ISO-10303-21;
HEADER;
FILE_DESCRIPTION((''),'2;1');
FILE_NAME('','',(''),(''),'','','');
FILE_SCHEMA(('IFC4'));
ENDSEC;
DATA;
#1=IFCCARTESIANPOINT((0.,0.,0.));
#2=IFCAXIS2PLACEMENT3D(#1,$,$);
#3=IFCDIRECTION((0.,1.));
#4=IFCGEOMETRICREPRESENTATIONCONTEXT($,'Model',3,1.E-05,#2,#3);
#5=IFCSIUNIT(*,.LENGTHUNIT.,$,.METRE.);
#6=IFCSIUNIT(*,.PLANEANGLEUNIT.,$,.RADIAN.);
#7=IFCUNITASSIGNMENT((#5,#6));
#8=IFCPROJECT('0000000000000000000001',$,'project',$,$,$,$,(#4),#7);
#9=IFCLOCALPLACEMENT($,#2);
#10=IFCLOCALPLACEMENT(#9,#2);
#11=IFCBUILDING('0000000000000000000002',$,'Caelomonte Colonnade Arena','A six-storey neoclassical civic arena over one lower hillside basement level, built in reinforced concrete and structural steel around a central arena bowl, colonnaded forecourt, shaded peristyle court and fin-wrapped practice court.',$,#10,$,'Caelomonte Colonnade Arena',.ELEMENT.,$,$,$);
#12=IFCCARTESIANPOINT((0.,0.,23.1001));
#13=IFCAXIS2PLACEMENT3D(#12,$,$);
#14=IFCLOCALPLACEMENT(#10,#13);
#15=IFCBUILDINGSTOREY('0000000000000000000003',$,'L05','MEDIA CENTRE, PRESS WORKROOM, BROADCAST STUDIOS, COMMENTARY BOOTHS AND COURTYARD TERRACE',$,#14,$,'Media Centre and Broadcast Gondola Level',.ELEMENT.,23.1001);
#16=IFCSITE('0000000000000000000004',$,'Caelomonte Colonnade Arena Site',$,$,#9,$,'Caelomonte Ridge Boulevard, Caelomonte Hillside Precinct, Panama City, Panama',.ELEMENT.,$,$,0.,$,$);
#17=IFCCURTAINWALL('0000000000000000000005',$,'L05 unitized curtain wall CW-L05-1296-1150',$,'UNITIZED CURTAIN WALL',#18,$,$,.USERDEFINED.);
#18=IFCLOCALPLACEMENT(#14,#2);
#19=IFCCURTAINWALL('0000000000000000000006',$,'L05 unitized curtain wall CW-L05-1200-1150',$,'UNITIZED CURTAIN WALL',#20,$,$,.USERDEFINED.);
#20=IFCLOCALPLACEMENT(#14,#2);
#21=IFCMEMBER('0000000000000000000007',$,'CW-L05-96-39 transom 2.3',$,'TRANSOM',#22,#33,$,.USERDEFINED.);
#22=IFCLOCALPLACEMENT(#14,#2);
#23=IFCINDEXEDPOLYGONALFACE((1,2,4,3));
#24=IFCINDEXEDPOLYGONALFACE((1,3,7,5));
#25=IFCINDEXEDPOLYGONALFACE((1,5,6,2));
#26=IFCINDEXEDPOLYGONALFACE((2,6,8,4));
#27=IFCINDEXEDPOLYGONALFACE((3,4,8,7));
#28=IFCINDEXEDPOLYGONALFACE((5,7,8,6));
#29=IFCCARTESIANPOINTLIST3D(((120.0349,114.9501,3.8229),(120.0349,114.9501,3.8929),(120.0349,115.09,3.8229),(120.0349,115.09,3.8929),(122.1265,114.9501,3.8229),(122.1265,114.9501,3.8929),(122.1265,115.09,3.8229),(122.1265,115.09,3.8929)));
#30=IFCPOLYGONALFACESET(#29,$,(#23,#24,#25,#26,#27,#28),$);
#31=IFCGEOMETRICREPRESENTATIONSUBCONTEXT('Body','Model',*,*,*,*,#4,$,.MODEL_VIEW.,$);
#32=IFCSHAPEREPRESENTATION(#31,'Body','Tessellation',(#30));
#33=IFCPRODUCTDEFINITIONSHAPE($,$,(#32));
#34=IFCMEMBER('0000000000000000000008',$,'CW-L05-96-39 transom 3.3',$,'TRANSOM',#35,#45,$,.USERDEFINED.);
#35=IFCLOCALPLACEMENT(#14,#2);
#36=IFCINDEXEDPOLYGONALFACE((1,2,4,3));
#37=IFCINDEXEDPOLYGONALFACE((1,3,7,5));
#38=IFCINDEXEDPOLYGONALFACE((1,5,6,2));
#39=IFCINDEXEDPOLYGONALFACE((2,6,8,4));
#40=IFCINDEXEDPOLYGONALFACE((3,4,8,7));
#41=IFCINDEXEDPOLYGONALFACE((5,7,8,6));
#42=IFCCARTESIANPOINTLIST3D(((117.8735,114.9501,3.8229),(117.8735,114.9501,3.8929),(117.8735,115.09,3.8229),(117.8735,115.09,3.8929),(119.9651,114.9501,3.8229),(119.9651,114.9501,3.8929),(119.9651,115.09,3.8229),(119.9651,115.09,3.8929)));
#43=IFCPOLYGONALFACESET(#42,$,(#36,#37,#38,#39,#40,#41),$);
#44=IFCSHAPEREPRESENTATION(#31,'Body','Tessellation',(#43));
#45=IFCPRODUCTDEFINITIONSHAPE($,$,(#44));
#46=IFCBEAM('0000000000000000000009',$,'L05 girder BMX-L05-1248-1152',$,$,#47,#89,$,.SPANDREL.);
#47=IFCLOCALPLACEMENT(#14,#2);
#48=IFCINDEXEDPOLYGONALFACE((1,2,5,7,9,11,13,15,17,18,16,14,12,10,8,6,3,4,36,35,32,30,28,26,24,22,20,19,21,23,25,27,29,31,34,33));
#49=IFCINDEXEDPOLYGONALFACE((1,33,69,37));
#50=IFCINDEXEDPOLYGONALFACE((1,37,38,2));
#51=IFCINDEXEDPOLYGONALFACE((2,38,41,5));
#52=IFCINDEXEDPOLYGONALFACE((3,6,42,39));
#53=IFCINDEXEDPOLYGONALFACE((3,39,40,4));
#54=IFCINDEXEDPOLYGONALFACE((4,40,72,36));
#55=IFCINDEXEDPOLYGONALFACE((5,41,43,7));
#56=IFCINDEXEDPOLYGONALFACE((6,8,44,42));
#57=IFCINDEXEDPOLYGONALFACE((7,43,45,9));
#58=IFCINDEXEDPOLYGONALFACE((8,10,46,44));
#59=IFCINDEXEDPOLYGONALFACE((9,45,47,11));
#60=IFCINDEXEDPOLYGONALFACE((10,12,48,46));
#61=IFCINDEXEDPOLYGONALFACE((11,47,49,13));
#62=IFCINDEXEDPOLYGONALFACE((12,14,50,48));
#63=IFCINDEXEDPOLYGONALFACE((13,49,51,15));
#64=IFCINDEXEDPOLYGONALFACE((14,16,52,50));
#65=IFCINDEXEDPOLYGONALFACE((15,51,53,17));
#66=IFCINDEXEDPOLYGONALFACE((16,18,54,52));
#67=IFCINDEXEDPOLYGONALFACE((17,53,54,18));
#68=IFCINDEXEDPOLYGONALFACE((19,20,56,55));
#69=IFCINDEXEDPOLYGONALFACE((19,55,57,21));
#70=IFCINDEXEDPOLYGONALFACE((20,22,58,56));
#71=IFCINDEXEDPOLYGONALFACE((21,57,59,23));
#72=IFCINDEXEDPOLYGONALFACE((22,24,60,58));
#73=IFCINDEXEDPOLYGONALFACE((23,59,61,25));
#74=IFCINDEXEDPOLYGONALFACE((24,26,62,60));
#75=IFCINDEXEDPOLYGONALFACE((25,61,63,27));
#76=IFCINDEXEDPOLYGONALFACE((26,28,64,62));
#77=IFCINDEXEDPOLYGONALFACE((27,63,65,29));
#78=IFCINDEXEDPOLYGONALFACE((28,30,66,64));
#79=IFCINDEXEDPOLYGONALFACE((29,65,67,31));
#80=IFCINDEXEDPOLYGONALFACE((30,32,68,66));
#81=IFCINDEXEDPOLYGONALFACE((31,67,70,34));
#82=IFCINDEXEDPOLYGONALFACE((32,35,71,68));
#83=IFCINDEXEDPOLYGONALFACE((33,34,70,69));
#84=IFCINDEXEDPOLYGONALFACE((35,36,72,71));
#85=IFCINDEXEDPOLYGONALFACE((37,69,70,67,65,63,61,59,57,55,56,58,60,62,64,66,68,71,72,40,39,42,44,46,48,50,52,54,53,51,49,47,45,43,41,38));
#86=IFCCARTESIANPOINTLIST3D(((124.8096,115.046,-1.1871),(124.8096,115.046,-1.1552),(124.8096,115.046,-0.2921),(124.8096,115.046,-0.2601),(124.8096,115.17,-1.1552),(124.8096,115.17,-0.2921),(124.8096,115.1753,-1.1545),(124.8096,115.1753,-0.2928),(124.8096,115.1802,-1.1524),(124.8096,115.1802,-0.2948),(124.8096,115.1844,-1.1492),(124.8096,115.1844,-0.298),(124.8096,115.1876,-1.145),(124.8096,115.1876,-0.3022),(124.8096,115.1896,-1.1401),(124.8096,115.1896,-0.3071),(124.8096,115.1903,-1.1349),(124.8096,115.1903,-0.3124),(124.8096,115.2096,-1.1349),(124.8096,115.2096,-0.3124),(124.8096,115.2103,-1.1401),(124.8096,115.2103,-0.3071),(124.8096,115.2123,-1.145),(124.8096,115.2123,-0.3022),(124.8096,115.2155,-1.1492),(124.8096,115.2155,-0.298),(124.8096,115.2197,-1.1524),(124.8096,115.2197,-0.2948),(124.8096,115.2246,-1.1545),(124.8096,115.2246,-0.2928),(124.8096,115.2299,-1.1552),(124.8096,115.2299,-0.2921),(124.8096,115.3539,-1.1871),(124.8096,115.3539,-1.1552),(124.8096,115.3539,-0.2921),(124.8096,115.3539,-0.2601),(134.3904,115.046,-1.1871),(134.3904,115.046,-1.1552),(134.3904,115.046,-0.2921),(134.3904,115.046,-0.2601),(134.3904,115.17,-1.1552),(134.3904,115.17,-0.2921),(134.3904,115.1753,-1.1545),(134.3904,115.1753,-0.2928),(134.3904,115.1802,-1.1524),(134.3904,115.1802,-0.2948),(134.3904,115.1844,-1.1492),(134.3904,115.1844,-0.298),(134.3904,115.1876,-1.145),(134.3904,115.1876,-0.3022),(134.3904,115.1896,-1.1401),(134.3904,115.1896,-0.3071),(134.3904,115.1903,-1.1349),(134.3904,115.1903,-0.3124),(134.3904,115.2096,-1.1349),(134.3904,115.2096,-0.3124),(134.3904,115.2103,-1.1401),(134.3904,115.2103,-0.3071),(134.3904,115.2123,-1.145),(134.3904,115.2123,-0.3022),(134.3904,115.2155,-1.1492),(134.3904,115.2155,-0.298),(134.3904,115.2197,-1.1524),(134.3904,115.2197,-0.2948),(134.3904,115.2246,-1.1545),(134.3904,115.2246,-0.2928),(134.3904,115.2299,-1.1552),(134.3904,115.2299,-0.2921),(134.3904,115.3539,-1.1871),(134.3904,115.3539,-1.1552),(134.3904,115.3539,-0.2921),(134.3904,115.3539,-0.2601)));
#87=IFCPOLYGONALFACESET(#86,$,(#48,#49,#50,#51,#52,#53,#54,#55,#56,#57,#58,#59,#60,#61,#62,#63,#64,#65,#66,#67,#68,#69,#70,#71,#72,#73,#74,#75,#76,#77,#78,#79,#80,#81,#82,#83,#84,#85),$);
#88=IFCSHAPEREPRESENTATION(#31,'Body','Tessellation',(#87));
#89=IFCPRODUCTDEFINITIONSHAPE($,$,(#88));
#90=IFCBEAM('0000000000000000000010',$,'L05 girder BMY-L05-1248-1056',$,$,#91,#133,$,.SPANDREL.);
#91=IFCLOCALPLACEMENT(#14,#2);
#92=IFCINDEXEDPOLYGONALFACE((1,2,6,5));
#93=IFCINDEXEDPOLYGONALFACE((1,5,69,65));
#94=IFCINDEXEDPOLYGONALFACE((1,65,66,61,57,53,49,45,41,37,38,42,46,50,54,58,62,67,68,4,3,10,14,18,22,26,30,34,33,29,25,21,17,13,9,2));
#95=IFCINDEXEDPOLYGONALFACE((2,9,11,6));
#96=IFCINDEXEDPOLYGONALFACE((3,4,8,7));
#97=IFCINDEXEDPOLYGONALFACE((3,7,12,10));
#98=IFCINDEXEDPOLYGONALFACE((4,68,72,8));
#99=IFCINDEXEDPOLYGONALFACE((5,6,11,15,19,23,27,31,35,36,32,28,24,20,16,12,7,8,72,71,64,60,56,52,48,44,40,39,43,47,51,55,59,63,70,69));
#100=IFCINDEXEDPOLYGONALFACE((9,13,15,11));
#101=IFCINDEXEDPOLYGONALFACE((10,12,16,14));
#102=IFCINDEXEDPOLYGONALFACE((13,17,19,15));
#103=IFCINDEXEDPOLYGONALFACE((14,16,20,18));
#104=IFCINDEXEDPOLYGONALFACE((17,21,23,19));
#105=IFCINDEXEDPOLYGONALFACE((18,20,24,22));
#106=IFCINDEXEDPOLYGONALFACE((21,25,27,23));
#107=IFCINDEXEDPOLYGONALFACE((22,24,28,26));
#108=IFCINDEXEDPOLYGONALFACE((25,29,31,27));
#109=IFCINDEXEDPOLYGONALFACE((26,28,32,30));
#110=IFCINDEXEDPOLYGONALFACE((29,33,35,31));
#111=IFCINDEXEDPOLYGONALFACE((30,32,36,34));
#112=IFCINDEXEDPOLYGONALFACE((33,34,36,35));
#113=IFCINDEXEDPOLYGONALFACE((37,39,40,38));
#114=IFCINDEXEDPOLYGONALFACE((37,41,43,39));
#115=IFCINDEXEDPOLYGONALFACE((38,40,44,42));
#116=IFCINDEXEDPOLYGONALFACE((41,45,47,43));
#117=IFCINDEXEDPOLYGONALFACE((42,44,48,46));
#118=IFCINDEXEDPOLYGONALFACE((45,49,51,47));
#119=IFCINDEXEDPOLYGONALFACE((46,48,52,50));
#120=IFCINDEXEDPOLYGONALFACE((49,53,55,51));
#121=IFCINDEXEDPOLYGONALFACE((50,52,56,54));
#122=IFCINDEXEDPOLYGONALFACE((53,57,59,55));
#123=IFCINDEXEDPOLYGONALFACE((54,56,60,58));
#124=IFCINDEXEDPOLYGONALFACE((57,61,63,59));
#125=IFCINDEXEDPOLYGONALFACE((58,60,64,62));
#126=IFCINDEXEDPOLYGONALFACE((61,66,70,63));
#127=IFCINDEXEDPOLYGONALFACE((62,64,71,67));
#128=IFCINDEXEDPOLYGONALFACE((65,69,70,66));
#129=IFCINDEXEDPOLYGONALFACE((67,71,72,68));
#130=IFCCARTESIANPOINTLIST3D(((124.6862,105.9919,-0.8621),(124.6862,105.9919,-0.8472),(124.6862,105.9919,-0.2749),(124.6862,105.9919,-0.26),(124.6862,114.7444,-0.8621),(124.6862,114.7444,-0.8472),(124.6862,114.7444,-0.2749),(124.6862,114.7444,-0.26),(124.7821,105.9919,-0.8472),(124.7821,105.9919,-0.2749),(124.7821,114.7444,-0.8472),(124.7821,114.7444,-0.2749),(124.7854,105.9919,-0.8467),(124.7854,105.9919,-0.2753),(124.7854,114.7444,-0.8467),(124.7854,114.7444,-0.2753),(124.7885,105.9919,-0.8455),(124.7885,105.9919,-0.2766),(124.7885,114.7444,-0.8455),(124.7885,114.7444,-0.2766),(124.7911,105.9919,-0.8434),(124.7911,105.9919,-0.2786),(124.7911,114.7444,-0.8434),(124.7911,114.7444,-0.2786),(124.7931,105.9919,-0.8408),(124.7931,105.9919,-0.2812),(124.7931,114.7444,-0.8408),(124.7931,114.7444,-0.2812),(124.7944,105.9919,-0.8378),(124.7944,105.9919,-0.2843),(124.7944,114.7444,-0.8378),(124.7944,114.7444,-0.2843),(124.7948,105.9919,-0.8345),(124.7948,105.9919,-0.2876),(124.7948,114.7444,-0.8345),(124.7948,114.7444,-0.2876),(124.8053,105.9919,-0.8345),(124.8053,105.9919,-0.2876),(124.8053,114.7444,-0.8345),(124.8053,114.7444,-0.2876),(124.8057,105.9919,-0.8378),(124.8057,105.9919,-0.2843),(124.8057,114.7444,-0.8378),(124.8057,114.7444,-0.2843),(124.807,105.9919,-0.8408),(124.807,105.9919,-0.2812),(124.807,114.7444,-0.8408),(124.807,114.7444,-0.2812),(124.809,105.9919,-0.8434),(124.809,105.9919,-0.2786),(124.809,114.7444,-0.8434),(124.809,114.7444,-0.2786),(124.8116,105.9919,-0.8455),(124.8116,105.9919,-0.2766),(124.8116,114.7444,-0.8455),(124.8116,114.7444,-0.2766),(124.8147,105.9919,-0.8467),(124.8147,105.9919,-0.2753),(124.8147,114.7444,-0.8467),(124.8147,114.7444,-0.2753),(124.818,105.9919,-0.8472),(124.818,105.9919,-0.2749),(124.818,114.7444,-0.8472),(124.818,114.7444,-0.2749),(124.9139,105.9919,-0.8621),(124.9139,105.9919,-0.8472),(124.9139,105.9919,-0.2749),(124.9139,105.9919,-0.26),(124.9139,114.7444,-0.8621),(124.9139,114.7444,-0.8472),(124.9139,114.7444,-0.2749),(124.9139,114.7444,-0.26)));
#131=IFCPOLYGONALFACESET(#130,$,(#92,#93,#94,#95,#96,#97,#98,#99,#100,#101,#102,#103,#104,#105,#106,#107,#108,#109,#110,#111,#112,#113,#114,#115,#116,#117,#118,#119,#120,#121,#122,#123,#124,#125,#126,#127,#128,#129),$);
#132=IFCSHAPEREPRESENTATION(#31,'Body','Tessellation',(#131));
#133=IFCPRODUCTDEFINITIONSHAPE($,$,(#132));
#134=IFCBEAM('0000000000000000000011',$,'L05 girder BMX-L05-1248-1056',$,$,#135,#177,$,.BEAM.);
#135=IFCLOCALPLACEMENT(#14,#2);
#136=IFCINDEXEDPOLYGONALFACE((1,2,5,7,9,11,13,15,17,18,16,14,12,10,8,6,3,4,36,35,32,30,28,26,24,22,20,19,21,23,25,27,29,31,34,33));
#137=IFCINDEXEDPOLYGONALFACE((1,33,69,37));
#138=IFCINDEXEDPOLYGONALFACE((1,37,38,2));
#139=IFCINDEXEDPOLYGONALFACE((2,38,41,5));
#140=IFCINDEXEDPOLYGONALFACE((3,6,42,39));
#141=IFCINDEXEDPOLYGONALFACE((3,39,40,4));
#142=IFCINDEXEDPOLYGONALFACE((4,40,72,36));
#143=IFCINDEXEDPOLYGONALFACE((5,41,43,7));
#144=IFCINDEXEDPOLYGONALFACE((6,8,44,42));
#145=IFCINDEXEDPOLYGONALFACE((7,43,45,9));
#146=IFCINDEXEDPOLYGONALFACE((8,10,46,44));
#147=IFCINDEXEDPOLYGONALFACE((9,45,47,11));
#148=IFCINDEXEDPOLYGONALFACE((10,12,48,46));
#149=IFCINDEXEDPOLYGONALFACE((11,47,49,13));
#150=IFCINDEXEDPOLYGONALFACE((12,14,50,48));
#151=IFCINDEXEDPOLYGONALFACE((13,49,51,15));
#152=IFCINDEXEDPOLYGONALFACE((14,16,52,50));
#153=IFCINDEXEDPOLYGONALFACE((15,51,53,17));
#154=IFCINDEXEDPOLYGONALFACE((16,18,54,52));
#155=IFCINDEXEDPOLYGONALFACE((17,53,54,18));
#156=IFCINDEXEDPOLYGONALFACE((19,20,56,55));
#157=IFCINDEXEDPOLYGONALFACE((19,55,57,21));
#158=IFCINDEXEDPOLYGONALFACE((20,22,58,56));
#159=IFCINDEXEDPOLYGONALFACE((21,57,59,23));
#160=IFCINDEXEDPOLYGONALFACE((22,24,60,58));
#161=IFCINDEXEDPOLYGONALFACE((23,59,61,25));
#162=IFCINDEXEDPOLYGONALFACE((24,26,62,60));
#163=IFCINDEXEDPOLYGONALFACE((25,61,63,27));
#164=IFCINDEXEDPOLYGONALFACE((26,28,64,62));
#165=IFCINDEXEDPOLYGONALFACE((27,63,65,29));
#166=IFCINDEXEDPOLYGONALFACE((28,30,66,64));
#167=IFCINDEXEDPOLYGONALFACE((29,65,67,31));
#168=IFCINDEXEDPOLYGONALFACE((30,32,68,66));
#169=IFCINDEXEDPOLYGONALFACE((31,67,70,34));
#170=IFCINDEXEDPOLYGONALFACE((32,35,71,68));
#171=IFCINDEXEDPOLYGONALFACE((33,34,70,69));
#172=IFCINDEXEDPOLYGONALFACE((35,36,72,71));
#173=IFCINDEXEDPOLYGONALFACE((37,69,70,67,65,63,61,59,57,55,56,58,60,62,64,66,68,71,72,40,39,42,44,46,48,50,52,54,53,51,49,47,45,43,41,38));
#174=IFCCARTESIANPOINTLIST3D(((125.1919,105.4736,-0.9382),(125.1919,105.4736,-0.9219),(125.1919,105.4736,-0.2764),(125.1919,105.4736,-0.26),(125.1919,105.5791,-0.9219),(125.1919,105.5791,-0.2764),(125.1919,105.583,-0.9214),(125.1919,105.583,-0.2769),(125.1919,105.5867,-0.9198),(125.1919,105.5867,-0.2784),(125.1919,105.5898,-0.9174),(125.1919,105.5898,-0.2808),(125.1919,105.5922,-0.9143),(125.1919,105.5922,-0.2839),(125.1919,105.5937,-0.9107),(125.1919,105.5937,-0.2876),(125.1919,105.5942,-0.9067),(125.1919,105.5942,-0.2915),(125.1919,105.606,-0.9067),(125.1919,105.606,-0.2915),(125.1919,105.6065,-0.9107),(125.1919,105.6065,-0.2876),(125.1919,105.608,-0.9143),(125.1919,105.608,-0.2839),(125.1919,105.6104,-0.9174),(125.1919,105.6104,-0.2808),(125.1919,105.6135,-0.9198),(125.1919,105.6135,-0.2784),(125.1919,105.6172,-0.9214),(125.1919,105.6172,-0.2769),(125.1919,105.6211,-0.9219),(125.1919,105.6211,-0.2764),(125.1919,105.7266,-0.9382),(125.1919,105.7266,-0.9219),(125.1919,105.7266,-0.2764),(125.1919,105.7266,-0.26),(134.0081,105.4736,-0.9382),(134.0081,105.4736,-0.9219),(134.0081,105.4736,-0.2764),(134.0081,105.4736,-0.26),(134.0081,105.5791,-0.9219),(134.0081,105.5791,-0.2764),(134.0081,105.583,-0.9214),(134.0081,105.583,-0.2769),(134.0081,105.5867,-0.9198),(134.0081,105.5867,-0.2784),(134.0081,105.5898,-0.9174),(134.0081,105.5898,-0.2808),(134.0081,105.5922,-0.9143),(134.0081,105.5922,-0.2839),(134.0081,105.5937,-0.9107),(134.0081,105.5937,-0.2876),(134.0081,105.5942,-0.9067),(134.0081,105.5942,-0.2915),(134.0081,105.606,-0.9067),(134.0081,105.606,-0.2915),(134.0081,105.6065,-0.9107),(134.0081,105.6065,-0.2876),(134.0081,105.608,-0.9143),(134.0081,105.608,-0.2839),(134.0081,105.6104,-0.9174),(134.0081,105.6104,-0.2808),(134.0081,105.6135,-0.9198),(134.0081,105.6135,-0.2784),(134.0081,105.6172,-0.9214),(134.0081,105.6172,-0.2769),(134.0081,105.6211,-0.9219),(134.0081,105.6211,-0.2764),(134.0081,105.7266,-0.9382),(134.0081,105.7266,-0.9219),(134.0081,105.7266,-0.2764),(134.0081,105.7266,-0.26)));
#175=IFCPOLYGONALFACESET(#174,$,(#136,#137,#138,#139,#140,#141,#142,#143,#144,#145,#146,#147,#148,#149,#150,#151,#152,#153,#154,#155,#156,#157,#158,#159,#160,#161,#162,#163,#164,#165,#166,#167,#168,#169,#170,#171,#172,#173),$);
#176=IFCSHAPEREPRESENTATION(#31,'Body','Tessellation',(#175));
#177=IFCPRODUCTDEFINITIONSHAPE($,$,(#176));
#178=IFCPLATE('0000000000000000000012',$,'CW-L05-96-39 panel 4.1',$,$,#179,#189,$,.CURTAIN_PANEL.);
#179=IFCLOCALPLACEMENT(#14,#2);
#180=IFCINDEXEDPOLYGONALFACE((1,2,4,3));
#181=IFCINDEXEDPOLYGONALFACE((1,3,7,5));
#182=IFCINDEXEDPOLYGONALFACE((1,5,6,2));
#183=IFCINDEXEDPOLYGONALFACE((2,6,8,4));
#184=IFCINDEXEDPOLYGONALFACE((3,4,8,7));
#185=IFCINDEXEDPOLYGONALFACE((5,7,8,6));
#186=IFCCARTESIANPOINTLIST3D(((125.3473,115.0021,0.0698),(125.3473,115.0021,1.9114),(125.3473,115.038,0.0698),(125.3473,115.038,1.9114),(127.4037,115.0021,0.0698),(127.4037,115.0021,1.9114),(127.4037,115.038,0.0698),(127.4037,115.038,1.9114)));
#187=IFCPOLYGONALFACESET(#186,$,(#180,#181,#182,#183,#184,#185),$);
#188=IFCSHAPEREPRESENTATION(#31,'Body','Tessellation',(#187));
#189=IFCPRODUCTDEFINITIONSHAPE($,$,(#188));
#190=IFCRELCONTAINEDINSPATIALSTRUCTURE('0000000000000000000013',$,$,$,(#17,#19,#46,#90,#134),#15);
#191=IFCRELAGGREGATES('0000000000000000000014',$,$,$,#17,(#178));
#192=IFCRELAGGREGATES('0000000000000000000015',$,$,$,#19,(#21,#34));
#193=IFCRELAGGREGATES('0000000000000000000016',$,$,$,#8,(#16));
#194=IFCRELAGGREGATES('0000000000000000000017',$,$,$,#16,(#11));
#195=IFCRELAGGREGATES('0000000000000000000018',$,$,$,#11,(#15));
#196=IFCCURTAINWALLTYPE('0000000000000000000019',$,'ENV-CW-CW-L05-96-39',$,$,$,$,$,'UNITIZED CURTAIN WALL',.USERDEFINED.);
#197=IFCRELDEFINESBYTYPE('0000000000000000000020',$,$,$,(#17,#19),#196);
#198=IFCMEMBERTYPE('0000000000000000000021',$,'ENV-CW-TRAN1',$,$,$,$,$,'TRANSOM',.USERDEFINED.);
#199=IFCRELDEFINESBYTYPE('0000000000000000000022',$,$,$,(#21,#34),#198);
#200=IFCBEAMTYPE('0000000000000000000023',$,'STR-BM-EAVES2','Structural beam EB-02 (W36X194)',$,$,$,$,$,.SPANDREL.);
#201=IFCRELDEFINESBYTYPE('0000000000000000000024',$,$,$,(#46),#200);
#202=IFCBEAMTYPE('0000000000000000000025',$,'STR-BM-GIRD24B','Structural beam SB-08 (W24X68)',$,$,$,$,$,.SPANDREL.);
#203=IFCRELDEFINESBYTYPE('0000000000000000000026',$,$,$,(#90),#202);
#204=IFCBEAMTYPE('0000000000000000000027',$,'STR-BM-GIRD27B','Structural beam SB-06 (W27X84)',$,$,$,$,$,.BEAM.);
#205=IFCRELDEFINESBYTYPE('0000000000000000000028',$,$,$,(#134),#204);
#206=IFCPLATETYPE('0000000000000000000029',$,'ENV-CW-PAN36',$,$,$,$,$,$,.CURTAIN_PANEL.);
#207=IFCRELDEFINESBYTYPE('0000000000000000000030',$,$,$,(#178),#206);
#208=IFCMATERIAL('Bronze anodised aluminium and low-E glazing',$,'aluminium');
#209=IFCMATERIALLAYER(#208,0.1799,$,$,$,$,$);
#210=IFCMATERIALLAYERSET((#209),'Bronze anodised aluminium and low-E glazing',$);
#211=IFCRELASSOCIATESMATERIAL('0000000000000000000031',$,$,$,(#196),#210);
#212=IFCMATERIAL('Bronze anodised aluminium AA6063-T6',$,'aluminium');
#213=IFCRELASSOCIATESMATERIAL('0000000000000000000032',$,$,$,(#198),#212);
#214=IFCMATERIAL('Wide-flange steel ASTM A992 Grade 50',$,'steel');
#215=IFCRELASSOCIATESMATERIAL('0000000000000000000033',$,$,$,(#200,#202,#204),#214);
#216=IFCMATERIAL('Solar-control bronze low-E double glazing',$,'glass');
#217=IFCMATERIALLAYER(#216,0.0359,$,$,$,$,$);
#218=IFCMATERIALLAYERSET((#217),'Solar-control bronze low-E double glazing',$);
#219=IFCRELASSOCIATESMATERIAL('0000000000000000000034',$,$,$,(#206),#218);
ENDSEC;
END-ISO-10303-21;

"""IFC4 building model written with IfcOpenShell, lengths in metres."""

from ifc_helpers import new_model, si_unit, direction, frame, origin, origin_2d, place, context, subcontext, project, spatial, rectangle, i_section, extrude, material, layer, layer_set, material_profile, profile_set, type_object, element, aggregate, save


model = new_model("IFC4")

# Units and contexts
model_context = context("Model", 3, precision=1e-05, world=origin(), true_north=direction((0.0, 1.0)))
body_context = subcontext(model_context, "Body", "Model", "MODEL_VIEW")
ifc_project = project(units=[si_unit("LENGTHUNIT", "METRE"), si_unit("PLANEANGLEUNIT", "RADIAN")], contexts=[model_context])

# Site, building, storey
site_placement = place(None, origin())
site = spatial("IfcSite", under=ifc_project, at=site_placement, Name="Caelomonte Colonnade Arena Site", LongName="Caelomonte Ridge Boulevard, Caelomonte Hillside Precinct, Panama City, Panama", CompositionType="ELEMENT", RefElevation=0.0)
building_placement = place(site_placement, origin())
building = spatial("IfcBuilding", under=site, at=building_placement, Name="Caelomonte Colonnade Arena", Description="A six-storey neoclassical civic arena over one lower hillside basement level, built in reinforced concrete and structural steel around a central arena bowl, colonnaded forecourt, shaded peristyle court and fin-wrapped practice court.", LongName="Caelomonte Colonnade Arena", CompositionType="ELEMENT")
storey_placement = place(building_placement, frame((0.0, 0.0, 23.1001)))
storey = spatial("IfcBuildingStorey", under=building, at=storey_placement, Name="L05", Description="MEDIA CENTRE, PRESS WORKROOM, BROADCAST STUDIOS, COMMENTARY BOOTHS AND COURTYARD TERRACE", LongName="Media Centre and Broadcast Gondola Level", CompositionType="ELEMENT", Elevation=23.1001)

# Shared definitions
ifc_material_1 = material(Name="Wide-flange steel ASTM A992 Grade 50", Category="steel")

# Curtain wall
ifc_material_2 = material(Name="Bronze anodised aluminium and low-E glazing", Category="aluminium")
ifc_layer_1 = layer(ifc_material_2, 0.1799)
ifc_layer_set_1 = layer_set([ifc_layer_1], Name="Bronze anodised aluminium and low-E glazing")
curtain_wall_type = type_object("IfcCurtainWallType", Name="ENV-CW-CW-L05-96-39", ElementType="UNITIZED CURTAIN WALL", PredefinedType="USERDEFINED", material=ifc_layer_set_1)
curtain_wall_1_placement = place(storey_placement, origin())
curtain_wall_1 = element("IfcCurtainWall", 1, at=curtain_wall_1_placement, inside=storey, type_object=curtain_wall_type, Name="L05 unitized curtain wall CW-L05-1296-1150", ObjectType="UNITIZED CURTAIN WALL", PredefinedType="USERDEFINED")
ifc_material_3 = material(Name="Bronze anodised aluminium AA6063-T6", Category="aluminium")

# Curtain wall
curtain_wall_2_placement = place(storey_placement, origin())
curtain_wall_2 = element("IfcCurtainWall", 2, at=curtain_wall_2_placement, inside=storey, type_object=curtain_wall_type, Name="L05 unitized curtain wall CW-L05-1200-1150", ObjectType="UNITIZED CURTAIN WALL", PredefinedType="USERDEFINED")

# Members
ifc_material_profile_1 = material_profile(ifc_material_3, rectangle(XDim=0.0701, YDim=0.1399, at=origin_2d()), Name="CWT-70X140")
ifc_profile_set_1 = profile_set([ifc_material_profile_1], Name="Bronze anodised aluminium AA6063-T6")
member_type_1 = type_object("IfcMemberType", Name="ENV-CW-TRAN1", ElementType="TRANSOM", PredefinedType="USERDEFINED", material=ifc_profile_set_1)
member_1_placement = place(storey_placement, frame((122.1265, 115.02, 3.8579), z_axis=(-1.0, 0.0, 0.0), x_axis=(0.0, 0.0, 1.0)))
member_1 = element("IfcMember", 3, at=member_1_placement, type_object=member_type_1, Name="CW-L05-96-39 transom 2.3", ObjectType="TRANSOM", PredefinedType="USERDEFINED", context=body_context, shape_type="SweptSolid", body=[
    extrude(rectangle(XDim=0.0701, YDim=0.1399, at=origin_2d()), origin(), (0.0, 0.0, 1.0), 2.0916),
])
member_2_placement = place(storey_placement, frame((119.9651, 115.02, 3.8579), z_axis=(-1.0, 0.0, 0.0), x_axis=(0.0, 0.0, 1.0)))
member_2 = element("IfcMember", 4, at=member_2_placement, type_object=member_type_1, Name="CW-L05-96-39 transom 3.3", ObjectType="TRANSOM", PredefinedType="USERDEFINED", context=body_context, shape_type="SweptSolid", body=[
    extrude(rectangle(XDim=0.0701, YDim=0.1399, at=origin_2d()), origin(), (0.0, 0.0, 1.0), 2.0916),
])

# Beams
ifc_material_profile_2 = material_profile(ifc_material_1, i_section(OverallWidth=0.3079, OverallDepth=0.927, WebThickness=0.0193, FlangeThickness=0.032, FilletRadius=0.0203, at=origin_2d()), Name="W36X194")
ifc_profile_set_2 = profile_set([ifc_material_profile_2], Name="Wide-flange steel ASTM A992 Grade 50")
beam_type_1 = type_object("IfcBeamType", Name="STR-BM-EAVES2", Description="Structural beam EB-02 (W36X194)", PredefinedType="SPANDREL", material=ifc_profile_set_2)
beam_1_placement = place(storey_placement, frame((124.8096, 115.2, -0.7236), z_axis=(1.0, 0.0, 0.0), x_axis=(0.0, 1.0, 0.0)))
element("IfcBeam", 5, at=beam_1_placement, inside=storey, type_object=beam_type_1, Name="L05 girder BMX-L05-1248-1152", PredefinedType="SPANDREL", context=body_context, shape_type="SweptSolid", body=[
    extrude(i_section(OverallWidth=0.3079, OverallDepth=0.927, WebThickness=0.0193, FlangeThickness=0.032, FilletRadius=0.0203, at=origin_2d()), origin(), (0.0, 0.0, 1.0), 9.5808),
])
ifc_material_profile_3 = material_profile(ifc_material_1, i_section(OverallWidth=0.2278, OverallDepth=0.6021, WebThickness=0.0105, FlangeThickness=0.0149, FilletRadius=0.0127, at=origin_2d()), Name="W24X68")
ifc_profile_set_3 = profile_set([ifc_material_profile_3], Name="Wide-flange steel ASTM A992 Grade 50")
beam_type_2 = type_object("IfcBeamType", Name="STR-BM-GIRD24B", Description="Structural beam SB-08 (W24X68)", PredefinedType="SPANDREL", material=ifc_profile_set_3)
beam_2_placement = place(storey_placement, frame((124.8, 105.9919, -0.561), z_axis=(0.0, 1.0, 0.0), x_axis=(-1.0, 0.0, 0.0)))
element("IfcBeam", 6, at=beam_2_placement, inside=storey, type_object=beam_type_2, Name="L05 girder BMY-L05-1248-1056", PredefinedType="SPANDREL", context=body_context, shape_type="SweptSolid", body=[
    extrude(i_section(OverallWidth=0.2278, OverallDepth=0.6021, WebThickness=0.0105, FlangeThickness=0.0149, FilletRadius=0.0127, at=origin_2d()), origin(), (0.0, 0.0, 1.0), 8.7524),
])
ifc_material_profile_4 = material_profile(ifc_material_1, i_section(OverallWidth=0.2529, OverallDepth=0.6782, WebThickness=0.0117, FlangeThickness=0.0164, FilletRadius=0.0151, at=origin_2d()), Name="W27X84")
ifc_profile_set_4 = profile_set([ifc_material_profile_4], Name="Wide-flange steel ASTM A992 Grade 50")
beam_type_3 = type_object("IfcBeamType", Name="STR-BM-GIRD27B", Description="Structural beam SB-06 (W27X84)", PredefinedType="BEAM", material=ifc_profile_set_4)
beam_3_placement = place(storey_placement, frame((125.1919, 105.6001, -0.5991), z_axis=(1.0, 0.0, 0.0), x_axis=(0.0, 1.0, 0.0)))
element("IfcBeam", 7, at=beam_3_placement, inside=storey, type_object=beam_type_3, Name="L05 girder BMX-L05-1248-1056", PredefinedType="BEAM", context=body_context, shape_type="SweptSolid", body=[
    extrude(i_section(OverallWidth=0.2529, OverallDepth=0.6782, WebThickness=0.0117, FlangeThickness=0.0164, FilletRadius=0.0151, at=origin_2d()), origin(), (0.0, 0.0, 1.0), 8.8162),
])

# Plate
ifc_material_4 = material(Name="Solar-control bronze low-E double glazing", Category="glass")
ifc_layer_2 = layer(ifc_material_4, 0.0359)
ifc_layer_set_2 = layer_set([ifc_layer_2], Name="Solar-control bronze low-E double glazing")
plate_type = type_object("IfcPlateType", Name="ENV-CW-PAN36", PredefinedType="CURTAIN_PANEL", material=ifc_layer_set_2)
plate_1_placement = place(storey_placement, frame((126.3755, 115.02, 0.0698), z_axis=(0.0, 0.0, 1.0), x_axis=(-1.0, 0.0, 0.0)))
plate_1 = element("IfcPlate", 8, at=plate_1_placement, type_object=plate_type, Name="CW-L05-96-39 panel 4.1", PredefinedType="CURTAIN_PANEL", context=body_context, shape_type="SweptSolid", body=[
    extrude(rectangle(XDim=2.0564, YDim=0.0359, at=origin_2d()), origin(), (0.0, 0.0, 1.0), 1.8416),
])
aggregate(curtain_wall_1, [plate_1])
aggregate(curtain_wall_2, [member_1, member_2])

save(model, "model.ifc")
